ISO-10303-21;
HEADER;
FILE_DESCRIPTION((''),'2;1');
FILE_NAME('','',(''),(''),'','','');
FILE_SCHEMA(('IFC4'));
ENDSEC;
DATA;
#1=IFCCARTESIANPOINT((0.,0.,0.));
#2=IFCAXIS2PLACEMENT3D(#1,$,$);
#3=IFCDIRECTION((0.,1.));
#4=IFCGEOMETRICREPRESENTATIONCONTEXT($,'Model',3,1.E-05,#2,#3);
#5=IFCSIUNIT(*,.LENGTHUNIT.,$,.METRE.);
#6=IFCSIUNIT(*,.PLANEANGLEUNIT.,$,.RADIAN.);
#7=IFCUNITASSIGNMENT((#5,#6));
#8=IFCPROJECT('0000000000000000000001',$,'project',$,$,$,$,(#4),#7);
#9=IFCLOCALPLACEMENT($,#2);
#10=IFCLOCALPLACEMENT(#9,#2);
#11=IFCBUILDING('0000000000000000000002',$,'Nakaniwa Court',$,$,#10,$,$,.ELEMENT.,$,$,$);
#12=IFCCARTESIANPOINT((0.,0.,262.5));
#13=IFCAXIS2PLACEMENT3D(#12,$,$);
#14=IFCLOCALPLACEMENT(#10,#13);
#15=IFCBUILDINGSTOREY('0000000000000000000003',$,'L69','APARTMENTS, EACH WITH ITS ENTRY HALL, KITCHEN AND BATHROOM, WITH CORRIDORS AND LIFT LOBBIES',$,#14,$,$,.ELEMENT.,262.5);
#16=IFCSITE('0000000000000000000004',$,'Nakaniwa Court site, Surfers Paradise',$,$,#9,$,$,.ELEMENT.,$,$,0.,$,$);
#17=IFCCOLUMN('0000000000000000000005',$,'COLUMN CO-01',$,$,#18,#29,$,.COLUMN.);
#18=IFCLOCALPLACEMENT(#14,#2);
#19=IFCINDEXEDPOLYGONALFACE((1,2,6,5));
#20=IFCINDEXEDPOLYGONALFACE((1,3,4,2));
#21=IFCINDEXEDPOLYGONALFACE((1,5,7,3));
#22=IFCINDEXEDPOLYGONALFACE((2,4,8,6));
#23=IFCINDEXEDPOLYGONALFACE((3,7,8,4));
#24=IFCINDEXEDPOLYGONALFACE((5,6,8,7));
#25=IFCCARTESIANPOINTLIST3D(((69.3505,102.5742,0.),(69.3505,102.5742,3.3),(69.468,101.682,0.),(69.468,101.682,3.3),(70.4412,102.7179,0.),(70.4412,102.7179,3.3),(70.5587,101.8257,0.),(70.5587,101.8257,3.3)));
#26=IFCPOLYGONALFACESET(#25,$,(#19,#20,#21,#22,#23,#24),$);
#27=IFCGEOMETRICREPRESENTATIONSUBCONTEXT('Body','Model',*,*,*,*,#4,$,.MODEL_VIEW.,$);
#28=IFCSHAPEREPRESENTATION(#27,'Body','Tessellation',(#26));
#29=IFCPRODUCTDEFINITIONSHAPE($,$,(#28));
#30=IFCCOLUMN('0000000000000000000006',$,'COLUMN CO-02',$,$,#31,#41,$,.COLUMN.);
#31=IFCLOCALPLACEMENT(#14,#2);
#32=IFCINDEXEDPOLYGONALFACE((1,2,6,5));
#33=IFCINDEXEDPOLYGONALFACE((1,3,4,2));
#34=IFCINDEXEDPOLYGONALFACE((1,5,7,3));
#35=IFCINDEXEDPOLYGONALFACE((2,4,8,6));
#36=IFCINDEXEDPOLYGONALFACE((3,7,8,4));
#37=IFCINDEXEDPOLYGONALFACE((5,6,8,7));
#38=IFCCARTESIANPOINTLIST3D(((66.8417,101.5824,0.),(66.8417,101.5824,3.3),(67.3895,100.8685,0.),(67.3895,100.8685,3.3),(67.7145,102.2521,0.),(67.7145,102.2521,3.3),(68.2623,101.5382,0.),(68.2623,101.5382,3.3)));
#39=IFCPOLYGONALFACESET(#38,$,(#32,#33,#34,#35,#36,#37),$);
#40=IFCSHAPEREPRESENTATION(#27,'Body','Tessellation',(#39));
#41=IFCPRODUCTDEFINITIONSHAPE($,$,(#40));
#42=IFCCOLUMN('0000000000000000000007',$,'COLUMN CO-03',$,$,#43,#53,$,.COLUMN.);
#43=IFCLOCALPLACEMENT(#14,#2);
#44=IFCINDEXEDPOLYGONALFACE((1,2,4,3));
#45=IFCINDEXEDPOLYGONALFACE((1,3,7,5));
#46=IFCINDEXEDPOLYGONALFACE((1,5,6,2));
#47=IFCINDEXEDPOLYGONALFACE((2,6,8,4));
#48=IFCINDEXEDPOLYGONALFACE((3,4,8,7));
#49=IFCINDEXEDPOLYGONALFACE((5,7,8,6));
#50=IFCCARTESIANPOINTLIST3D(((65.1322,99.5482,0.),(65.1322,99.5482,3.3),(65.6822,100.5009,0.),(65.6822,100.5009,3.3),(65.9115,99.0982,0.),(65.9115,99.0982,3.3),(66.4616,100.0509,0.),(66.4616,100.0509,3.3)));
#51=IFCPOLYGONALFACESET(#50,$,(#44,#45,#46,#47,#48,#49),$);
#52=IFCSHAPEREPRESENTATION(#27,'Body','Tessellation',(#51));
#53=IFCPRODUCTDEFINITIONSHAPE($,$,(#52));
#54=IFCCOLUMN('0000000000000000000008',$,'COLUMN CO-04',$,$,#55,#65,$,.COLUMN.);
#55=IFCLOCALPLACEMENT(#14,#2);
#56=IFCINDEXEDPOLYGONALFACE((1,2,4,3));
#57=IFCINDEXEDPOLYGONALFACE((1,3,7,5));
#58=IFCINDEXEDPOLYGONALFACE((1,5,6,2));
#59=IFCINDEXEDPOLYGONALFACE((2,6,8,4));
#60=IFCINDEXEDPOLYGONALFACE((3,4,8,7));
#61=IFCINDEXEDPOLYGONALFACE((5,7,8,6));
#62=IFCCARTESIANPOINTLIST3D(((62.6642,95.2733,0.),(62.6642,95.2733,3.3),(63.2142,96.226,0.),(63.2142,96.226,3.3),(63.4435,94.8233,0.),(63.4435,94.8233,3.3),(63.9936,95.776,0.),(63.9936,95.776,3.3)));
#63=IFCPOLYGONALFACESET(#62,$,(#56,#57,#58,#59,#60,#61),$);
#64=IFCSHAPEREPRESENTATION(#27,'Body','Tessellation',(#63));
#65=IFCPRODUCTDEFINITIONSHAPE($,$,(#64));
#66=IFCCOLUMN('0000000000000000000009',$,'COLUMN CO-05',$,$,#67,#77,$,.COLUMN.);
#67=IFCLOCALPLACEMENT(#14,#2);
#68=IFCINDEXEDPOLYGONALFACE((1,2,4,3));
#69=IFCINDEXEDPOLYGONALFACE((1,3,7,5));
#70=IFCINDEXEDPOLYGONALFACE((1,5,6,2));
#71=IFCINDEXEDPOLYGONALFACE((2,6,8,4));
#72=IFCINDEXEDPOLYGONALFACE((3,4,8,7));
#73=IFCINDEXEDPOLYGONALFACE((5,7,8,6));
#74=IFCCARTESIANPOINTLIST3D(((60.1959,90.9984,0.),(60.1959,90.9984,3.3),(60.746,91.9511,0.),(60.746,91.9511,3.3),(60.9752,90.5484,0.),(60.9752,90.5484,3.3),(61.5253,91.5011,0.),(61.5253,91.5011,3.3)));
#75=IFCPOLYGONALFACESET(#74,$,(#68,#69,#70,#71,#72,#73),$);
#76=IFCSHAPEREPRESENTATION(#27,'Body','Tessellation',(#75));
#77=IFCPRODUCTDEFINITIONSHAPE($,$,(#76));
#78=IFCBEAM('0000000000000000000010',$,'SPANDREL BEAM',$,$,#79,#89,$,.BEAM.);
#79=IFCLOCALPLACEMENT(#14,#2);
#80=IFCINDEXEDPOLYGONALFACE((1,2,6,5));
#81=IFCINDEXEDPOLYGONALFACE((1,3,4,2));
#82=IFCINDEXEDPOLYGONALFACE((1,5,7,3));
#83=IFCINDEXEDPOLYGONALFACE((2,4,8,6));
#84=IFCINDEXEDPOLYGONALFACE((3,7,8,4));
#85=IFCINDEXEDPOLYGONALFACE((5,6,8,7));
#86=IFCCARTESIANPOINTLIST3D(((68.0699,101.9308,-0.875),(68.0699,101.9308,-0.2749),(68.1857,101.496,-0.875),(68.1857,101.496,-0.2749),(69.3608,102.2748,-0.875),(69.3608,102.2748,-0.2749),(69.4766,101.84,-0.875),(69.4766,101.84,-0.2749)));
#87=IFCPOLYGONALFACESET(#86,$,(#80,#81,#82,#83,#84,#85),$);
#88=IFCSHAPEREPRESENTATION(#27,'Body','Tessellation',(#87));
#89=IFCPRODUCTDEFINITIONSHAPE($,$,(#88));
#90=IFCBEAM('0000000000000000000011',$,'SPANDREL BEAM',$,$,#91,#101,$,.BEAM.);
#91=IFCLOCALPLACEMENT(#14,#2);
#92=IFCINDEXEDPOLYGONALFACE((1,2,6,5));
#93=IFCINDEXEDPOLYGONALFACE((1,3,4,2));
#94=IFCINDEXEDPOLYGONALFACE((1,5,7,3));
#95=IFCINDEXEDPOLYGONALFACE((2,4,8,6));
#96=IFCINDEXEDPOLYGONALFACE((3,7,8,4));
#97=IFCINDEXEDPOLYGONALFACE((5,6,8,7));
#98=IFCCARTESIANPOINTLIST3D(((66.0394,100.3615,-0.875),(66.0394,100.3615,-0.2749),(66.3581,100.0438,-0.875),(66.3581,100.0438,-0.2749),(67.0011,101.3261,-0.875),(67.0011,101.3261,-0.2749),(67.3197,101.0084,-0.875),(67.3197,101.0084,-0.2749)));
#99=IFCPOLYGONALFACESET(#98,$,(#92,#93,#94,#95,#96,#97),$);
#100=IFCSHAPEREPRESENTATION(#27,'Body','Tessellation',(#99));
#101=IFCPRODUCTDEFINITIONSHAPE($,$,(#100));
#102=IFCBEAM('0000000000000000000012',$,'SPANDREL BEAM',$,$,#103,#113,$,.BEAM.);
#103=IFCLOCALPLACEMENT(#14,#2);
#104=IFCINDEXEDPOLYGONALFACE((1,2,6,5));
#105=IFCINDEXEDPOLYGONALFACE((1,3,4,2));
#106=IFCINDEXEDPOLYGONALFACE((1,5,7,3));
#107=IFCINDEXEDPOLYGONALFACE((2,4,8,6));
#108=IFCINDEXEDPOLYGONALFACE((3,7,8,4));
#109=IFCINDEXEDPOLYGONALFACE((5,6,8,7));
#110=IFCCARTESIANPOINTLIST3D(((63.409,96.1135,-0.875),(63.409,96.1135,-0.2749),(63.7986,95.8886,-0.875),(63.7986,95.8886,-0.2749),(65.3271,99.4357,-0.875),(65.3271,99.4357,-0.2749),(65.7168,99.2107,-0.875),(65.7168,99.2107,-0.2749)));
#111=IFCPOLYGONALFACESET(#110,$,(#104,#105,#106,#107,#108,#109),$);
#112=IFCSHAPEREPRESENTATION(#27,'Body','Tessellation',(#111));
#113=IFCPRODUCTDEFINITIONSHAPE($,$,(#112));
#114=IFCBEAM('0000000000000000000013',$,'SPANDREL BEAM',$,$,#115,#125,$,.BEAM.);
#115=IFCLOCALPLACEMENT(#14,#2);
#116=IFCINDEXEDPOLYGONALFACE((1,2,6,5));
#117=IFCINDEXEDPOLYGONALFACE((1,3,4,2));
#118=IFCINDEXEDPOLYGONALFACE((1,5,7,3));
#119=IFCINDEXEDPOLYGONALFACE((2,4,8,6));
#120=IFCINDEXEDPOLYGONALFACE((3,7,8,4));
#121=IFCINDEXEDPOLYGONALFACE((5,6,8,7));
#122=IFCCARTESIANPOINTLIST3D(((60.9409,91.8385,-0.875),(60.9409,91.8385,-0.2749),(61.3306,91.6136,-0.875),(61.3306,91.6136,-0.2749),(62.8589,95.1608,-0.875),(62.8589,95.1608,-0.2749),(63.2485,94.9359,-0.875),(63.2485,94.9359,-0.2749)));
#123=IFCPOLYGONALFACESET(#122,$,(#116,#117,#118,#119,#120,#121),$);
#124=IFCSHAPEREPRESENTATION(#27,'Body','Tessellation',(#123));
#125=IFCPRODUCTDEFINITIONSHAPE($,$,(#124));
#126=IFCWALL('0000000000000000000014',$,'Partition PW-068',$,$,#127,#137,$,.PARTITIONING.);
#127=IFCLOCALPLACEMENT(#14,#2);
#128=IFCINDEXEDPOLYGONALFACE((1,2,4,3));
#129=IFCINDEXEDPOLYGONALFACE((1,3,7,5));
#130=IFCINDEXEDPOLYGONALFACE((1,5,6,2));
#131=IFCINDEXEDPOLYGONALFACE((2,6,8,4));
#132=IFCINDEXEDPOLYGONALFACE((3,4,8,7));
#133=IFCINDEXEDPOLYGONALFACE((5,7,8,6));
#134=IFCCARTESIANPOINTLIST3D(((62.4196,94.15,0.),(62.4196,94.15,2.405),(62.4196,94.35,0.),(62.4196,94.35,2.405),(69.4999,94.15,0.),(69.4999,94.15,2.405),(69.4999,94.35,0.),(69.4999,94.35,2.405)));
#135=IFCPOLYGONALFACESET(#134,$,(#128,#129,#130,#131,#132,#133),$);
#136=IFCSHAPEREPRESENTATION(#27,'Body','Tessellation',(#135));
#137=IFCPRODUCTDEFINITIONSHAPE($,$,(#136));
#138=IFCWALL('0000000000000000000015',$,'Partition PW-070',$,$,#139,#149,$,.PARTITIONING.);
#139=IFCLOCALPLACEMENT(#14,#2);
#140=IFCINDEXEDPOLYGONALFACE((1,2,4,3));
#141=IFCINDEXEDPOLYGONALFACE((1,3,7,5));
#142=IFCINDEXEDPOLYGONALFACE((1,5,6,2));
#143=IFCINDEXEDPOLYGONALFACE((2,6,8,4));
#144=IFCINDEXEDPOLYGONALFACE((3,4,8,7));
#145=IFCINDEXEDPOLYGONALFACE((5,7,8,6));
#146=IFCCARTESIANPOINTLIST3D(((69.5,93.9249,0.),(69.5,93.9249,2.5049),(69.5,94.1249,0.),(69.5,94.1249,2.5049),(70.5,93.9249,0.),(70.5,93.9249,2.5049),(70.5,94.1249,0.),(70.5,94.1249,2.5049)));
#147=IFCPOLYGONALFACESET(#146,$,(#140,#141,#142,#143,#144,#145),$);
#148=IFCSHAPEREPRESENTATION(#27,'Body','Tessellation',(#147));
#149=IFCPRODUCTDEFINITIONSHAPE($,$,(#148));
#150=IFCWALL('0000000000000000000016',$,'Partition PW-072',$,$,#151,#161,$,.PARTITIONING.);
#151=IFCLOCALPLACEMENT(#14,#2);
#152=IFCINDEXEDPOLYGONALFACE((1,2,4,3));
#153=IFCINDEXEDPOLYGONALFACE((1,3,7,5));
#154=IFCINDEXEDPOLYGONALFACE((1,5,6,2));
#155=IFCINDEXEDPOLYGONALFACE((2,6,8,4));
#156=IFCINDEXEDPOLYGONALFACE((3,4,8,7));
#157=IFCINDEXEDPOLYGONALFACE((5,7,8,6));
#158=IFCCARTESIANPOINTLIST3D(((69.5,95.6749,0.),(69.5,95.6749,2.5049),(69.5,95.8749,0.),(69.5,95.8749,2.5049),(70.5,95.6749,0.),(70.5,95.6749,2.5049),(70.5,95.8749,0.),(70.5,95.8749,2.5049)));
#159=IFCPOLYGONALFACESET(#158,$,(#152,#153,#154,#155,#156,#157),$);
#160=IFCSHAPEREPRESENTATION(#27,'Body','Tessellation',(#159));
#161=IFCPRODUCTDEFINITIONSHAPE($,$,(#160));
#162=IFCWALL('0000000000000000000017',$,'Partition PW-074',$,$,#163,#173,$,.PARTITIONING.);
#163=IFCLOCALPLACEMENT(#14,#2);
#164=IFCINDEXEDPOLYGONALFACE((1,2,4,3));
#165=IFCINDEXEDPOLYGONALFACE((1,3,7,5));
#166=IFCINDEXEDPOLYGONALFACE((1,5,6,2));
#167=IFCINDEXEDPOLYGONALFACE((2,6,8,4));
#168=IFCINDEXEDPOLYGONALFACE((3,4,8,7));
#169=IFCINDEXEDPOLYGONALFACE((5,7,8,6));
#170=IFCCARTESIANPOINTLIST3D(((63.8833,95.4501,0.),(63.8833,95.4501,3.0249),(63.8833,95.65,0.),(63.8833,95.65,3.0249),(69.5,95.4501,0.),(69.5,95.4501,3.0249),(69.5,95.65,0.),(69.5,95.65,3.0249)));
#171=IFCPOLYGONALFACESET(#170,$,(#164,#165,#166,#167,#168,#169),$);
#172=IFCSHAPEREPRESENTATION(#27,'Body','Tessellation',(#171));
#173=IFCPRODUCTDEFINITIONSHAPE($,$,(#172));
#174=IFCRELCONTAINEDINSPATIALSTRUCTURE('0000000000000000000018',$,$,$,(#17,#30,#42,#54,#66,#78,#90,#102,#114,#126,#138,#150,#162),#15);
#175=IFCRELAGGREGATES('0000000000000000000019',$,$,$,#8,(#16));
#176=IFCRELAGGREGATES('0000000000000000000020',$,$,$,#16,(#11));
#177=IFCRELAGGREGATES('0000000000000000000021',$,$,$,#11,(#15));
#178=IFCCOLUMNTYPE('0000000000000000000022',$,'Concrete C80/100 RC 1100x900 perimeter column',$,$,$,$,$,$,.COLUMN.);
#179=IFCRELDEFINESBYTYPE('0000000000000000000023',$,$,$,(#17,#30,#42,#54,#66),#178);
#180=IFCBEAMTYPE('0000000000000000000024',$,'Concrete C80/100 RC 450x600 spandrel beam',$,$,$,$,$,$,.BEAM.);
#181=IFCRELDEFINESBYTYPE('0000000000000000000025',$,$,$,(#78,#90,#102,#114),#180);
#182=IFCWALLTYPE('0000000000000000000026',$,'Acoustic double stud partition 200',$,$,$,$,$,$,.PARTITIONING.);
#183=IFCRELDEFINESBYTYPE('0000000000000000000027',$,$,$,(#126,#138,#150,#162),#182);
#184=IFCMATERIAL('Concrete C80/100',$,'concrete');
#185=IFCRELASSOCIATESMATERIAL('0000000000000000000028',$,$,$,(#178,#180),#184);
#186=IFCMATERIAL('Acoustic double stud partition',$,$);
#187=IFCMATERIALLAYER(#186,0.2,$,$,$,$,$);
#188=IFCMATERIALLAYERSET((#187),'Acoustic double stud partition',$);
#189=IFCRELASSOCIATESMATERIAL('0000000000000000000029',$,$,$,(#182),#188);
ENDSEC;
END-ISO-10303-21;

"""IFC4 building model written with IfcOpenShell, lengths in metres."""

from ifc_helpers import new_model, si_unit, direction, frame, frame_2d, origin, origin_2d, place, context, subcontext, project, spatial, rectangle, extrude, material, layer, layer_set, material_profile, profile_set, type_object, element, save


model = new_model("IFC4")

# Units and contexts
model_context = context("Model", 3, precision=1e-05, world=origin(), true_north=direction((0.0, 1.0)))
body_context = subcontext(model_context, "Body", "Model", "MODEL_VIEW")
ifc_project = project(units=[si_unit("LENGTHUNIT", "METRE"), si_unit("PLANEANGLEUNIT", "RADIAN")], contexts=[model_context])

# Site, building, storey
site_placement = place(None, origin())
site = spatial("IfcSite", under=ifc_project, at=site_placement, Name="Nakaniwa Court site, Surfers Paradise", CompositionType="ELEMENT", RefElevation=0.0)
building_placement = place(site_placement, origin())
building = spatial("IfcBuilding", under=site, at=building_placement, Name="Nakaniwa Court", CompositionType="ELEMENT")
storey_placement = place(building_placement, frame((0.0, 0.0, 262.5)))
storey = spatial("IfcBuildingStorey", under=building, at=storey_placement, Name="L69", Description="APARTMENTS, EACH WITH ITS ENTRY HALL, KITCHEN AND BATHROOM, WITH CORRIDORS AND LIFT LOBBIES", CompositionType="ELEMENT", Elevation=262.5)

# Columns
ifc_material_1 = material(Name="Concrete C80/100", Category="concrete")
ifc_material_profile_1 = material_profile(ifc_material_1, rectangle(XDim=1.1001, YDim=0.8999, at=origin_2d()), Name="Concrete C80/100 RC 1100x900 perimeter column")
ifc_profile_set_1 = profile_set([ifc_material_profile_1], Name="Concrete C80/100")
column_type = type_object("IfcColumnType", Name="Concrete C80/100 RC 1100x900 perimeter column", PredefinedType="COLUMN", material=ifc_profile_set_1)
for number, where, z_axis, x_axis, name in (
    (1, (69.9546, 102.2, 0.0), (0.0, 0.0, 1.0), (-0.991443, -0.130543, 0.0), "COLUMN CO-01"),
    (2, (67.552, 101.5603, 0.0), (0.0, 0.0, 1.0), (-0.793364, -0.608748, 0.0), "COLUMN CO-02"),
    (3, (65.7969, 99.7996, 0.0), (0.0, 0.0, 1.0), (-0.5, -0.866025, 0.0), "COLUMN CO-03"),
    (4, (63.3289, 95.5247, 0.0), (0.0, 0.0, 1.0), (-0.5, -0.866025, 0.0), "COLUMN CO-04"),
    (5, (60.8606, 91.2498, 0.0), (0.0, 0.0, 1.0), (-0.5, -0.866025, 0.0), "COLUMN CO-05"),
):
    element("IfcColumn", number, at=place(storey_placement, frame(where, z_axis=z_axis, x_axis=x_axis)), inside=storey, type_object=column_type, Name=name, PredefinedType="COLUMN", context=body_context, shape_type="SweptSolid", body=[
        extrude(rectangle(XDim=1.1001, YDim=0.8999, at=origin_2d()), origin(), (0.0, 0.0, 1.0), 3.3),
    ])

# Beams
ifc_material_profile_2 = material_profile(ifc_material_1, rectangle(XDim=0.45, YDim=0.6001, at=origin_2d()), Name="Concrete C80/100 RC 450x600 spandrel beam")
ifc_profile_set_2 = profile_set([ifc_material_profile_2], Name="Concrete C80/100")
beam_type = type_object("IfcBeamType", Name="Concrete C80/100 RC 450x600 spandrel beam", PredefinedType="BEAM", material=ifc_profile_set_2)
beam_1_placement = place(storey_placement, frame((69.4187, 102.0574, -0.575), z_axis=(-0.966286, -0.257469, 0.0), x_axis=(0.257469, -0.966286, 0.0)))
element("IfcBeam", 6, at=beam_1_placement, inside=storey, type_object=beam_type, Name="SPANDREL BEAM", PredefinedType="BEAM", context=body_context, shape_type="SweptSolid", body=[
    extrude(rectangle(XDim=0.45, YDim=0.6001, at=origin_2d()), origin(), (0.0, 0.0, 1.0), 1.3359),
])
beam_2_placement = place(storey_placement, frame((67.1604, 101.1672, -0.575), z_axis=(-0.706031, -0.708181, 0.0), x_axis=(0.708181, -0.706031, 0.0)))
element("IfcBeam", 7, at=beam_2_placement, inside=storey, type_object=beam_type, Name="SPANDREL BEAM", PredefinedType="BEAM", context=body_context, shape_type="SweptSolid", body=[
    extrude(rectangle(XDim=0.45, YDim=0.6001, at=origin_2d()), origin(), (0.0, 0.0, 1.0), 1.3621),
])
for number, where, z_axis, x_axis, name in (
    (8, (65.522, 99.3232, -0.575), (-0.50002, -0.866014, 0.0), (0.866014, -0.50002, 0.0), "SPANDREL BEAM"),
    (9, (63.0537, 95.0483, -0.575), (-0.499972, -0.866041, 0.0), (0.866041, -0.499972, 0.0), "SPANDREL BEAM"),
):
    element("IfcBeam", number, at=place(storey_placement, frame(where, z_axis=z_axis, x_axis=x_axis)), inside=storey, type_object=beam_type, Name=name, PredefinedType="BEAM", context=body_context, shape_type="SweptSolid", body=[
        extrude(rectangle(XDim=0.45, YDim=0.6001, at=origin_2d()), origin(), (0.0, 0.0, 1.0), 3.8362),
    ])

# Walls
ifc_material_2 = material(Name="Acoustic double stud partition")
ifc_layer_1 = layer(ifc_material_2, 0.2)
ifc_layer_set_1 = layer_set([ifc_layer_1], Name="Acoustic double stud partition")
wall_type_1 = type_object("IfcWallType", Name="Acoustic double stud partition 200", PredefinedType="PARTITIONING", material=ifc_layer_set_1)
wall_1_placement = place(storey_placement, frame((62.4197, 94.25, 0.0), z_axis=(0.0, 0.0, 1.0), x_axis=(1.0, 0.0, 0.0)))
element("IfcWall", 10, at=wall_1_placement, inside=storey, type_object=wall_type_1, Name="Partition PW-068", PredefinedType="PARTITIONING", context=body_context, shape_type="SweptSolid", body=[
    extrude(rectangle(XDim=7.0803, YDim=0.2, at=frame_2d((3.54, 0.0))), origin(), (0.0, 0.0, 1.0), 2.405),
])
for number, where, z_axis, x_axis, name in (
    (11, (69.5, 94.0249, 0.0), (0.0, 0.0, 1.0), (1.0, 0.0, 0.0), "Partition PW-070"),
    (12, (69.5, 95.7749, 0.0), (0.0, 0.0, 1.0), (1.0, 0.0, 0.0), "Partition PW-072"),
):
    element("IfcWall", number, at=place(storey_placement, frame(where, z_axis=z_axis, x_axis=x_axis)), inside=storey, type_object=wall_type_1, Name=name, PredefinedType="PARTITIONING", context=body_context, shape_type="SweptSolid", body=[
        extrude(rectangle(XDim=1.0, YDim=0.2, at=frame_2d((0.5, 0.0))), origin(), (0.0, 0.0, 1.0), 2.5049),
    ])
wall_2_placement = place(storey_placement, frame((63.8833, 95.55, 0.0), z_axis=(0.0, 0.0, 1.0), x_axis=(1.0, 0.0, 0.0)))
element("IfcWall", 13, at=wall_2_placement, inside=storey, type_object=wall_type_1, Name="Partition PW-074", PredefinedType="PARTITIONING", context=body_context, shape_type="SweptSolid", body=[
    extrude(rectangle(XDim=5.6167, YDim=0.2, at=frame_2d((2.8083, 0.0))), origin(), (0.0, 0.0, 1.0), 3.0249),
])

save(model, "model.ifc")
